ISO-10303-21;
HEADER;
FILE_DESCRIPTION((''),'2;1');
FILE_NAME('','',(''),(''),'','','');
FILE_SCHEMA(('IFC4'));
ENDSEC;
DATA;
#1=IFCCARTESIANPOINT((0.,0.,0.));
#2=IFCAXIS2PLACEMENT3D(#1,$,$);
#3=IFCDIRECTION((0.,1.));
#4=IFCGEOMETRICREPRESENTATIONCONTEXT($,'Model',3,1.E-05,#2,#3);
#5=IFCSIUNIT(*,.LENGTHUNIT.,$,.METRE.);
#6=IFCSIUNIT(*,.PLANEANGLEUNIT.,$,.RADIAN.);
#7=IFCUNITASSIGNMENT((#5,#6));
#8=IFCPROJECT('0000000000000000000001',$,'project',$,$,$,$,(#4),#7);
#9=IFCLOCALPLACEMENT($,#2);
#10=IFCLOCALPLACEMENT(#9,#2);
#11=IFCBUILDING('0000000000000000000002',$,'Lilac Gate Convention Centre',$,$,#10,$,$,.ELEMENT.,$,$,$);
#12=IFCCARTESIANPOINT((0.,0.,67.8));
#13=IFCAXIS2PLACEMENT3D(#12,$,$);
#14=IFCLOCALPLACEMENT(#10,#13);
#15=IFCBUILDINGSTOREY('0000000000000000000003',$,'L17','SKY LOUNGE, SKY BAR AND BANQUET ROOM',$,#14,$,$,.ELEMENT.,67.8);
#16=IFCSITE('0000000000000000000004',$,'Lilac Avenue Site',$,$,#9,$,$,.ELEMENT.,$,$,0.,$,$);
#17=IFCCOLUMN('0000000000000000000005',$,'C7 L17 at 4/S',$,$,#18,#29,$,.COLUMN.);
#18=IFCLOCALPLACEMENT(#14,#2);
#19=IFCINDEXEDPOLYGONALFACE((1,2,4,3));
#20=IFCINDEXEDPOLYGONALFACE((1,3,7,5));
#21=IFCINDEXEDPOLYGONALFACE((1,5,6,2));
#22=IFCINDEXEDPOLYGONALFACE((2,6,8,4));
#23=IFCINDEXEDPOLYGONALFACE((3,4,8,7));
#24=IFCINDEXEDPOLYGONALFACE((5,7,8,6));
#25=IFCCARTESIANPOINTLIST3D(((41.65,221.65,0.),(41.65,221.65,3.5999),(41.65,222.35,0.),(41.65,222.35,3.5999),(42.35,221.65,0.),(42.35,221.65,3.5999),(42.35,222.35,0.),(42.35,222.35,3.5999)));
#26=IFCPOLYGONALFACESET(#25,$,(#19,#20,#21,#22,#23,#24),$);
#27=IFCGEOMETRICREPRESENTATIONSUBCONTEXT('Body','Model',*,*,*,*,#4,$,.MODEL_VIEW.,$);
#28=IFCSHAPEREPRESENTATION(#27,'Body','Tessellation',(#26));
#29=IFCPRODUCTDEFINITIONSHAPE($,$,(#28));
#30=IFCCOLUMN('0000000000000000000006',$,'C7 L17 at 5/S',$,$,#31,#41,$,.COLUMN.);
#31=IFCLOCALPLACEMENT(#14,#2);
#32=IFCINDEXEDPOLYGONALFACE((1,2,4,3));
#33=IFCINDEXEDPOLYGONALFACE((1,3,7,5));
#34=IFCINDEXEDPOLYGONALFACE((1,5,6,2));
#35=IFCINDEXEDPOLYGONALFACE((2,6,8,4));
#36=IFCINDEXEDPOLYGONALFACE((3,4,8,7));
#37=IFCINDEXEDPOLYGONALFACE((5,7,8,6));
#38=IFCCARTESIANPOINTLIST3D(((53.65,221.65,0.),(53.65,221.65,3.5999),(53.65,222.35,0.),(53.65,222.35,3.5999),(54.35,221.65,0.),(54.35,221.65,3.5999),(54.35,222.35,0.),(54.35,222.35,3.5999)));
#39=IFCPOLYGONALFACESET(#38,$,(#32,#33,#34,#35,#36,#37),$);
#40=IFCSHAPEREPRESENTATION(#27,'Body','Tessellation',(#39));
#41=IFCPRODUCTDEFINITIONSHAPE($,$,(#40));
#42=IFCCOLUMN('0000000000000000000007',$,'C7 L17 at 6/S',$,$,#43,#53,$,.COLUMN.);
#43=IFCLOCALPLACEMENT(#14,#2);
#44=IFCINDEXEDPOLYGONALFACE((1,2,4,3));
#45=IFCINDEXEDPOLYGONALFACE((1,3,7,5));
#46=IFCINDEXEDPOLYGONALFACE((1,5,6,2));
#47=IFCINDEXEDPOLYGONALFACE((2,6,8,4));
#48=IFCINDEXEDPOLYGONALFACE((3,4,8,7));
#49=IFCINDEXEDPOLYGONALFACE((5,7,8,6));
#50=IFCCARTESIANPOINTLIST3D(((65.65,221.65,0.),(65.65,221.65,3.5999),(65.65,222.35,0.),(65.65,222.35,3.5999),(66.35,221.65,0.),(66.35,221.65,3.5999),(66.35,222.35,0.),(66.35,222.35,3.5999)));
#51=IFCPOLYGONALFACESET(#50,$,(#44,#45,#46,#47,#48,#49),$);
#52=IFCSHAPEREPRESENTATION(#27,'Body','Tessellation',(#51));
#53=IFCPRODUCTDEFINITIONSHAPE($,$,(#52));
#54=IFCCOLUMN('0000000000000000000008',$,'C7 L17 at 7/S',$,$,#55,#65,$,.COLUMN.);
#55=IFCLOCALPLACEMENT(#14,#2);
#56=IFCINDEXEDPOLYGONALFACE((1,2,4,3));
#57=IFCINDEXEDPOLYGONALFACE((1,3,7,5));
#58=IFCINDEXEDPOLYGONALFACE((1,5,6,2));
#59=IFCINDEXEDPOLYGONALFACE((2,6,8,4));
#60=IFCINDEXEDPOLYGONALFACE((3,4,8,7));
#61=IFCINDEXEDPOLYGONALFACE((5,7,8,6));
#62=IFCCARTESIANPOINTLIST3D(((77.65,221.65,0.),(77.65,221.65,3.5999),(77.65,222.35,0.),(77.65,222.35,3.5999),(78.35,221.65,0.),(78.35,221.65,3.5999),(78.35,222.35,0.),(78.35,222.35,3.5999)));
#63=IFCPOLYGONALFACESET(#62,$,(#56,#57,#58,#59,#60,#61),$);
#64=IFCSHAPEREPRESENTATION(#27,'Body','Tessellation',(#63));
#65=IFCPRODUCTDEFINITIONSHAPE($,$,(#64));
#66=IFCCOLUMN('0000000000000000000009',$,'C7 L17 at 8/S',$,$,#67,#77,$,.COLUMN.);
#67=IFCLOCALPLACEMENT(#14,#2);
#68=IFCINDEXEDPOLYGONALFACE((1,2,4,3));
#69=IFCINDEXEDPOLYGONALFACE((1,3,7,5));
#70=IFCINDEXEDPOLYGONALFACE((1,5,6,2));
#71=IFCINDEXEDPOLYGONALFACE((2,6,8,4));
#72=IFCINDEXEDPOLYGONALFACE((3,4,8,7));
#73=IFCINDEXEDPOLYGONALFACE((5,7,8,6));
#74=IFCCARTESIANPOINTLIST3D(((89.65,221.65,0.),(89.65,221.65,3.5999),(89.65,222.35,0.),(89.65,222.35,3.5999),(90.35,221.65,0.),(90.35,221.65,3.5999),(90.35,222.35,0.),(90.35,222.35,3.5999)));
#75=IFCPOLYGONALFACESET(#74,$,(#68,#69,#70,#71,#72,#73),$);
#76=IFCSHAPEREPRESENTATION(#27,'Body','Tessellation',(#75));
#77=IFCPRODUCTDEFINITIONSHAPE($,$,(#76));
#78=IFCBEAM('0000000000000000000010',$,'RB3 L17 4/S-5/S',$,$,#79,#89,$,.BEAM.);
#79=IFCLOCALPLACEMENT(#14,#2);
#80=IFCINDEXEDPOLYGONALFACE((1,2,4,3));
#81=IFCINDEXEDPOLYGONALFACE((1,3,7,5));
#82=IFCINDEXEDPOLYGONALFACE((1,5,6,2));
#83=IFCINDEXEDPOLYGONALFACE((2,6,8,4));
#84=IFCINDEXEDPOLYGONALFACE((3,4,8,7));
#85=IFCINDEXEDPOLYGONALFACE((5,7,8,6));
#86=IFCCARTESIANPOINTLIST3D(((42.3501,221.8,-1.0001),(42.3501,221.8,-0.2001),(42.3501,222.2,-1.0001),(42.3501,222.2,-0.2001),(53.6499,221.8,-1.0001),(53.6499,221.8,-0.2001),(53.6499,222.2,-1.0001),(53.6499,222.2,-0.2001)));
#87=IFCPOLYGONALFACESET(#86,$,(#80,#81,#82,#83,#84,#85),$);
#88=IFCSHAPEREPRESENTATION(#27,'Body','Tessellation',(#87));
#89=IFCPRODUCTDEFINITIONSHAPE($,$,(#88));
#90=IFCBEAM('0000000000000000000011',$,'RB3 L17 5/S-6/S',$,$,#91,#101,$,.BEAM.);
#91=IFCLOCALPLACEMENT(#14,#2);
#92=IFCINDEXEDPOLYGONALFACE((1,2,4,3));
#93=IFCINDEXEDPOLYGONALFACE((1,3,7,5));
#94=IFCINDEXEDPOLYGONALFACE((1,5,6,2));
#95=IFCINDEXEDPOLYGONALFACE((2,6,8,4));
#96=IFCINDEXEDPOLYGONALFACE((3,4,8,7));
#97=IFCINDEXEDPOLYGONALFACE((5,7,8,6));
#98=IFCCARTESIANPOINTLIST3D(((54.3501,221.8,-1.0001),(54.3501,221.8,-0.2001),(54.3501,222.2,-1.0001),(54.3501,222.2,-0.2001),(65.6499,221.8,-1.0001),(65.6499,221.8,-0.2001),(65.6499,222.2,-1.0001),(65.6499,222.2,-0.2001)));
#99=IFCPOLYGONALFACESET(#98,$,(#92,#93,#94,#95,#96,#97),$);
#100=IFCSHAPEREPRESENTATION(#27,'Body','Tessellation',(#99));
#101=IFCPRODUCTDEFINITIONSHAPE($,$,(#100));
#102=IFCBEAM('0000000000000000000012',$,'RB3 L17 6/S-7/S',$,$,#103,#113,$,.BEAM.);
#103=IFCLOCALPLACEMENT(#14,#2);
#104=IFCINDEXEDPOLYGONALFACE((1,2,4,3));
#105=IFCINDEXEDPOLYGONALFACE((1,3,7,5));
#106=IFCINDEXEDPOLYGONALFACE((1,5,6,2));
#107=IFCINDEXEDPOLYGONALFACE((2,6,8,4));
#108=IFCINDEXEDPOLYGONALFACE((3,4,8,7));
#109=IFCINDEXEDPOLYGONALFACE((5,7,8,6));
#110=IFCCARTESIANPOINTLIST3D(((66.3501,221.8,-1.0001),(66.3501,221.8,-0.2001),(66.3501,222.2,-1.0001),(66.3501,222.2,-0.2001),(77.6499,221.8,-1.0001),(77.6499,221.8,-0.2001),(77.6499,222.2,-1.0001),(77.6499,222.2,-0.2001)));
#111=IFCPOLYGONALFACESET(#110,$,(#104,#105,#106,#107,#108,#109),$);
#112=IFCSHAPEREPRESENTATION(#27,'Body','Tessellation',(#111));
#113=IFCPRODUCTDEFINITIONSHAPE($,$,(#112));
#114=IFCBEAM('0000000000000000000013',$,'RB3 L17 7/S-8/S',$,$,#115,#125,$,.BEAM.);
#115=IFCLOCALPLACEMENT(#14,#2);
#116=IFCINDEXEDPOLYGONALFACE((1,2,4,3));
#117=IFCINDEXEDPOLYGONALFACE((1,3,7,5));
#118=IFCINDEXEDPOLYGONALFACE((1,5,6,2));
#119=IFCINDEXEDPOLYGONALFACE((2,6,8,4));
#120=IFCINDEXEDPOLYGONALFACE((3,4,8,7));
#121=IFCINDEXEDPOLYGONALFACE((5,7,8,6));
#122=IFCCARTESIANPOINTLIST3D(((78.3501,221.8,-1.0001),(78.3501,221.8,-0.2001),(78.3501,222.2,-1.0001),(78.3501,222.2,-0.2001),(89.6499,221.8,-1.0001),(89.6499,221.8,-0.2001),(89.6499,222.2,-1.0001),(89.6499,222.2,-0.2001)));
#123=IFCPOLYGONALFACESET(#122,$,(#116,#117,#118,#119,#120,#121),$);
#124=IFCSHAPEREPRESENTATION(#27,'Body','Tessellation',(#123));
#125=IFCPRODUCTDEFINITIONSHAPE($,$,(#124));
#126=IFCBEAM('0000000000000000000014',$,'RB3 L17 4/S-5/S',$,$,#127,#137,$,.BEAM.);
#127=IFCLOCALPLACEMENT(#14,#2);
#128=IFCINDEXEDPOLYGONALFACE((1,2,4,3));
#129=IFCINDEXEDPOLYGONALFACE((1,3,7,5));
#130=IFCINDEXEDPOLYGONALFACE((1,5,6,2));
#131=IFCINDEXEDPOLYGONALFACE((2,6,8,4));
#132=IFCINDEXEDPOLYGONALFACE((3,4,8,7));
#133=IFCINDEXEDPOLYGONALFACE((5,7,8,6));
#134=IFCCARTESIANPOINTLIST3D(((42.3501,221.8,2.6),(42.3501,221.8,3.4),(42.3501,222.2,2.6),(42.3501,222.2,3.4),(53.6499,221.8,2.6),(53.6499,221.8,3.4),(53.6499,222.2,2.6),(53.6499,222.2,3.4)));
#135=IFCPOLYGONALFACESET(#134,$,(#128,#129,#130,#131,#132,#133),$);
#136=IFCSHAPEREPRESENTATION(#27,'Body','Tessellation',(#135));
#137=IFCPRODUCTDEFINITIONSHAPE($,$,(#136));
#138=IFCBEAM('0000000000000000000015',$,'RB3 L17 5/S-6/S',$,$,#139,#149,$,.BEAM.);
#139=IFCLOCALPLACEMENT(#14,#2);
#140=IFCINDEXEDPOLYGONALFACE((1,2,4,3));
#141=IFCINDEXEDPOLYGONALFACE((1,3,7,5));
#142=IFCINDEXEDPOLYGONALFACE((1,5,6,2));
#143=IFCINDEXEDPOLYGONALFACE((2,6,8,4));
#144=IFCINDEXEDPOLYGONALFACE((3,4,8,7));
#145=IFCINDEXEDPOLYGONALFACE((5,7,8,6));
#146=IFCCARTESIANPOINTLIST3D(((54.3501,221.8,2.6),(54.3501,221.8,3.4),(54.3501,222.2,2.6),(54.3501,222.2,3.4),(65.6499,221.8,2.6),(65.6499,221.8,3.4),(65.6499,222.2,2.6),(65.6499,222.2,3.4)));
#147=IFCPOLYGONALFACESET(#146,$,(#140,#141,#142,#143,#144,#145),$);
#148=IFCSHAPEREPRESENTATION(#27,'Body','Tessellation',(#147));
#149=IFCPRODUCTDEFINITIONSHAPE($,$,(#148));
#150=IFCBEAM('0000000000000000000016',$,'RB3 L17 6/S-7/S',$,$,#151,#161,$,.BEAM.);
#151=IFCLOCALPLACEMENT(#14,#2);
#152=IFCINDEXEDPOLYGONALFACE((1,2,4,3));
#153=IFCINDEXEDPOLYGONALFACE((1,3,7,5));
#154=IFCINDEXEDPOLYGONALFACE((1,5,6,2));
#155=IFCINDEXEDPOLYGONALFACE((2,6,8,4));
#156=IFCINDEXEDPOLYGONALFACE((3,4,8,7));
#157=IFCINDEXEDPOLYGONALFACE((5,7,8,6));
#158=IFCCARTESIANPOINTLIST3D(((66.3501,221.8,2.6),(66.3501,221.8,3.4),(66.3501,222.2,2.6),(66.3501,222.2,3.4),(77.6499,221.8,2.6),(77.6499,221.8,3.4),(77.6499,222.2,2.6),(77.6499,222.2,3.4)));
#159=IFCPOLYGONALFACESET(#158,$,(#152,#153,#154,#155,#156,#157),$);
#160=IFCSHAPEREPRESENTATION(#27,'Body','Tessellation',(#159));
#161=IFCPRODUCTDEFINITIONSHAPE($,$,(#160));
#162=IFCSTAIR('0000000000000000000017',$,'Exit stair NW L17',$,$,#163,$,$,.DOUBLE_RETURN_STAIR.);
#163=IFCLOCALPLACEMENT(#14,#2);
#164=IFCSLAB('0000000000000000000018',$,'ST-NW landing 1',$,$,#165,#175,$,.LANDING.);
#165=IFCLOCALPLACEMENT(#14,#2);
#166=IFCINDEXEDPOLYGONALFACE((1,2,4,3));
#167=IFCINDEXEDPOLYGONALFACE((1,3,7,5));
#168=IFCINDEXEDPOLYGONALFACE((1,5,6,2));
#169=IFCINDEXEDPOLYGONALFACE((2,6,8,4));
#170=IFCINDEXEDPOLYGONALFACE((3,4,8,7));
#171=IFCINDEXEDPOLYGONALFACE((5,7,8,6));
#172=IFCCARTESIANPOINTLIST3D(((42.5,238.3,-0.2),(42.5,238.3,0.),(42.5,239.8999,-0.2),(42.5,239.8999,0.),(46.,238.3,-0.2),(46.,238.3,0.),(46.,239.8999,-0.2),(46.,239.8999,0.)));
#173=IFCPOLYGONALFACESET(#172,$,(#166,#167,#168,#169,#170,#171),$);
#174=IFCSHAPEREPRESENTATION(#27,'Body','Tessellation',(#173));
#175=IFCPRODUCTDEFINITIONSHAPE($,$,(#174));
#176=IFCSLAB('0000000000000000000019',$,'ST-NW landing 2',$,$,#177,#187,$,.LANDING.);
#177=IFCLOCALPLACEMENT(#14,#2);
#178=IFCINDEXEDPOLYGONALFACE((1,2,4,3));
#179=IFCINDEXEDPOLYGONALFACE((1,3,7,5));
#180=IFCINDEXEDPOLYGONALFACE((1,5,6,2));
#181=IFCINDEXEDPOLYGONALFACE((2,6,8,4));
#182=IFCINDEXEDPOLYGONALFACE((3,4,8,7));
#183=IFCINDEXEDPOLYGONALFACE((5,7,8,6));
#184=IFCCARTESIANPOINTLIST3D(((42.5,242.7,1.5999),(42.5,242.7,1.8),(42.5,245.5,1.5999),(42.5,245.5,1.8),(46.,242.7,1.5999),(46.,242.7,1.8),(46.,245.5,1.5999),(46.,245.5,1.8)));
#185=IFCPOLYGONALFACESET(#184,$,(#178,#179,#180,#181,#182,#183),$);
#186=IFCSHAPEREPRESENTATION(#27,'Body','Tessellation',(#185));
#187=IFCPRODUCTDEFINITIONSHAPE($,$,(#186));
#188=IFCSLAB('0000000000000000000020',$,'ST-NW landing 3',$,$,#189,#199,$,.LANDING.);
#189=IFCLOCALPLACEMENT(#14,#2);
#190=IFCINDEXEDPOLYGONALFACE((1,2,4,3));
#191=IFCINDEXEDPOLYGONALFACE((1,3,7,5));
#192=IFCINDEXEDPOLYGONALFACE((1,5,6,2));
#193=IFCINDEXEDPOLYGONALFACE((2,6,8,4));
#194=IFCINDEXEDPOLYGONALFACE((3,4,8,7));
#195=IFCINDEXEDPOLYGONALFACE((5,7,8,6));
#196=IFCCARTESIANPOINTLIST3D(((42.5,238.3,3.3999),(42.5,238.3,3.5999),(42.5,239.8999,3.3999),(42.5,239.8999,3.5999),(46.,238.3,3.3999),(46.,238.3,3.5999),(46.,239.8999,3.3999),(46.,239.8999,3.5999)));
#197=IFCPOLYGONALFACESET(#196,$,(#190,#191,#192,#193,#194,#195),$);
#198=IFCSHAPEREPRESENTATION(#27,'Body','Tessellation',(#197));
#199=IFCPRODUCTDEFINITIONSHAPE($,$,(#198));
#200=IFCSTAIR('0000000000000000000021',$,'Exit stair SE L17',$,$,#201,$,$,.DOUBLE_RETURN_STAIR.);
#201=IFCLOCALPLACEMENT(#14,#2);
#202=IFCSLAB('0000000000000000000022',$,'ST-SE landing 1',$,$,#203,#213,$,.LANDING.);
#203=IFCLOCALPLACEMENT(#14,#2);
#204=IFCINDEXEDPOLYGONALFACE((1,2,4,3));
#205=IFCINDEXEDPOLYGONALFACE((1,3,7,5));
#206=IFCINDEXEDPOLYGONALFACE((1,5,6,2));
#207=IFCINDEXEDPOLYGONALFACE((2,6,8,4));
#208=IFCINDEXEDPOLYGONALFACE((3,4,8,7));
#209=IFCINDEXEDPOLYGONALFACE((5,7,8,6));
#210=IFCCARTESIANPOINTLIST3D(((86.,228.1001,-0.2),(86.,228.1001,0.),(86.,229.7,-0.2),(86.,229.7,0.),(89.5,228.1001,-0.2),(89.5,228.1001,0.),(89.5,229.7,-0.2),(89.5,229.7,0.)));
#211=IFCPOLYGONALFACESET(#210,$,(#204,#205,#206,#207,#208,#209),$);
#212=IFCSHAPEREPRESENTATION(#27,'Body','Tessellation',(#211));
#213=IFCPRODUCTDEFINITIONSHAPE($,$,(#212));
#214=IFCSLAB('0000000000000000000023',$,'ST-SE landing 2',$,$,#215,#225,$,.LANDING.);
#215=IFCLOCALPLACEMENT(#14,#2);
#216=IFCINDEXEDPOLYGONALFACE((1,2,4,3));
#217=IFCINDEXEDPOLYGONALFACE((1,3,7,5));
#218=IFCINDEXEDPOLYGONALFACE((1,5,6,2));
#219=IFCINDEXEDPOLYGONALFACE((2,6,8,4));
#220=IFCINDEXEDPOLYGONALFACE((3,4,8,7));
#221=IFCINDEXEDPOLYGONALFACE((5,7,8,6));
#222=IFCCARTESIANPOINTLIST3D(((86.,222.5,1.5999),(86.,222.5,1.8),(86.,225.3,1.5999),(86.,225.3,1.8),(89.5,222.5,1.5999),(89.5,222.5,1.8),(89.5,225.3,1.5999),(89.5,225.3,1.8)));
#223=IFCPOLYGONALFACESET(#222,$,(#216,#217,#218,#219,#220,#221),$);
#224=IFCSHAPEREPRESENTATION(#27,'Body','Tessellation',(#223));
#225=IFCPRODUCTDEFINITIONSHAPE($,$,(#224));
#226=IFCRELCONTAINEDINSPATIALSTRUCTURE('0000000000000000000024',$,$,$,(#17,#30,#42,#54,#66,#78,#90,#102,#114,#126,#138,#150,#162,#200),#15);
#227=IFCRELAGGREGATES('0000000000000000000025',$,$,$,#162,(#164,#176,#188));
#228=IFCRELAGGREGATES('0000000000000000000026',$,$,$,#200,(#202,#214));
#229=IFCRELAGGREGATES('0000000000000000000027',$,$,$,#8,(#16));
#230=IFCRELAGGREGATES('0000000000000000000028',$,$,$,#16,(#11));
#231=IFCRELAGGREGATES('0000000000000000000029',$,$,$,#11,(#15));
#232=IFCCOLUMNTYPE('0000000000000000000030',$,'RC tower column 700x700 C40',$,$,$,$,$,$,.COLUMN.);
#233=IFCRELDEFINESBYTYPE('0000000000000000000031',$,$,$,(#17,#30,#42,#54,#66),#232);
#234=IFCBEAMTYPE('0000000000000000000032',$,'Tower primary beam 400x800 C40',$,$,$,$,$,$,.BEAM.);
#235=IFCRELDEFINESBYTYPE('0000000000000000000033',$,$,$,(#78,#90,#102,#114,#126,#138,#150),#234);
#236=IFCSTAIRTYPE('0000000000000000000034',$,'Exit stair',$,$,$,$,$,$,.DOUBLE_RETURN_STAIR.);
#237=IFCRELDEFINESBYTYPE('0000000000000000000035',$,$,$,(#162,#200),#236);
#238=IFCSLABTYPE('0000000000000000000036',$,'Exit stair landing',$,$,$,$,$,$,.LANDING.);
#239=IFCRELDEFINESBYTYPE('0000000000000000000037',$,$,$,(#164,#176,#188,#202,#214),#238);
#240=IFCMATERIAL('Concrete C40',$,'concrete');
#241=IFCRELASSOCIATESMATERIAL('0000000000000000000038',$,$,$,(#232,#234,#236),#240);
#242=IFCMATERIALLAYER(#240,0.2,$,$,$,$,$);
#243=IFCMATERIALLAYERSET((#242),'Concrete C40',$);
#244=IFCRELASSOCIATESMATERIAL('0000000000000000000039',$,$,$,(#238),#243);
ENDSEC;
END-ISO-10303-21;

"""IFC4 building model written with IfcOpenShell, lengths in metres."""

from ifc_helpers import new_model, si_unit, direction, frame, origin, origin_2d, place, context, subcontext, project, spatial, polyline, rectangle, outline, extrude, material, layer, layer_set, material_profile, profile_set, type_object, element, aggregate, save


model = new_model("IFC4")

# Units and contexts
model_context = context("Model", 3, precision=1e-05, world=origin(), true_north=direction((0.0, 1.0)))
body_context = subcontext(model_context, "Body", "Model", "MODEL_VIEW")
ifc_project = project(units=[si_unit("LENGTHUNIT", "METRE"), si_unit("PLANEANGLEUNIT", "RADIAN")], contexts=[model_context])

# Site, building, storey
site_placement = place(None, origin())
site = spatial("IfcSite", under=ifc_project, at=site_placement, Name="Lilac Avenue Site", CompositionType="ELEMENT", RefElevation=0.0)
building_placement = place(site_placement, origin())
building = spatial("IfcBuilding", under=site, at=building_placement, Name="Lilac Gate Convention Centre", CompositionType="ELEMENT")
storey_placement = place(building_placement, frame((0.0, 0.0, 67.8)))
storey = spatial("IfcBuildingStorey", under=building, at=storey_placement, Name="L17", Description="SKY LOUNGE, SKY BAR AND BANQUET ROOM", CompositionType="ELEMENT", Elevation=67.8)

# Columns
ifc_material_1 = material(Name="Concrete C40", Category="concrete")
ifc_material_profile_1 = material_profile(ifc_material_1, rectangle(XDim=0.7, YDim=0.7, at=origin_2d()), Name="RC 700x700")
ifc_profile_set_1 = profile_set([ifc_material_profile_1], Name="Concrete C40")
column_type = type_object("IfcColumnType", Name="RC tower column 700x700 C40", PredefinedType="COLUMN", material=ifc_profile_set_1)
for number, where, z_axis, x_axis, name in (
    (1, (42.0, 222.0, 0.0), (0.0, 0.0, 1.0), (1.0, 0.0, 0.0), "C7 L17 at 4/S"),
    (2, (54.0, 222.0, 0.0), (0.0, 0.0, 1.0), (1.0, 0.0, 0.0), "C7 L17 at 5/S"),
    (3, (66.0, 222.0, 0.0), (0.0, 0.0, 1.0), (1.0, 0.0, 0.0), "C7 L17 at 6/S"),
    (4, (78.0, 222.0, 0.0), (0.0, 0.0, 1.0), (1.0, 0.0, 0.0), "C7 L17 at 7/S"),
    (5, (90.0, 222.0, 0.0), (0.0, 0.0, 1.0), (1.0, 0.0, 0.0), "C7 L17 at 8/S"),
):
    element("IfcColumn", number, at=place(storey_placement, frame(where, z_axis=z_axis, x_axis=x_axis)), inside=storey, type_object=column_type, Name=name, PredefinedType="COLUMN", context=body_context, shape_type="SweptSolid", body=[
        extrude(rectangle(XDim=0.7, YDim=0.7, at=origin_2d()), origin(), (0.0, 0.0, 1.0), 3.5999),
    ])

# Beams
ifc_material_profile_2 = material_profile(ifc_material_1, rectangle(XDim=0.3999, YDim=0.8, at=origin_2d()), Name="RC 400x800")
ifc_profile_set_2 = profile_set([ifc_material_profile_2], Name="Concrete C40")
beam_type = type_object("IfcBeamType", Name="Tower primary beam 400x800 C40", PredefinedType="BEAM", material=ifc_profile_set_2)
for number, where, z_axis, x_axis, name in (
    (6, (42.3501, 222.0, -0.6001), (1.0, 0.0, 0.0), (0.0, 1.0, 0.0), "RB3 L17 4/S-5/S"),
    (7, (54.3501, 222.0, -0.6001), (1.0, 0.0, 0.0), (0.0, 1.0, 0.0), "RB3 L17 5/S-6/S"),
    (8, (66.3501, 222.0, -0.6001), (1.0, 0.0, 0.0), (0.0, 1.0, 0.0), "RB3 L17 6/S-7/S"),
    (9, (78.3501, 222.0, -0.6001), (1.0, 0.0, 0.0), (0.0, 1.0, 0.0), "RB3 L17 7/S-8/S"),
    (10, (42.3501, 222.0, 3.0), (1.0, 0.0, 0.0), (0.0, 1.0, 0.0), "RB3 L17 4/S-5/S"),
    (11, (54.3501, 222.0, 3.0), (1.0, 0.0, 0.0), (0.0, 1.0, 0.0), "RB3 L17 5/S-6/S"),
    (12, (66.3501, 222.0, 3.0), (1.0, 0.0, 0.0), (0.0, 1.0, 0.0), "RB3 L17 6/S-7/S"),
):
    element("IfcBeam", number, at=place(storey_placement, frame(where, z_axis=z_axis, x_axis=x_axis)), inside=storey, type_object=beam_type, Name=name, PredefinedType="BEAM", context=body_context, shape_type="SweptSolid", body=[
        extrude(rectangle(XDim=0.3999, YDim=0.8, at=origin_2d()), origin(), (0.0, 0.0, 1.0), 11.2998),
    ])

# Stairs, slabs
stair_type = type_object("IfcStairType", Name="Exit stair", PredefinedType="DOUBLE_RETURN_STAIR", material=ifc_material_1)
stair_1_placement = place(storey_placement, origin())
stair_1 = element("IfcStair", 13, at=stair_1_placement, inside=storey, type_object=stair_type, Name="Exit stair NW L17", PredefinedType="DOUBLE_RETURN_STAIR")
ifc_layer_1 = layer(ifc_material_1, 0.2)
ifc_layer_set_1 = layer_set([ifc_layer_1], Name="Concrete C40")
slab_type_1 = type_object("IfcSlabType", Name="Exit stair landing", PredefinedType="LANDING", material=ifc_layer_set_1)
slab_1_placement = place(storey_placement, frame((0.0, 0.0, -0.2)))
slab_1 = element("IfcSlab", 14, at=slab_1_placement, type_object=slab_type_1, Name="ST-NW landing 1", PredefinedType="LANDING", context=body_context, shape_type="SweptSolid", body=[
    extrude(outline(polyline([(42.5, 238.3), (46.0, 238.3), (46.0, 239.8999), (42.5, 239.8999), (42.5, 238.3)])), origin(), (0.0, 0.0, 1.0), 0.2),
])
slab_2_placement = place(storey_placement, frame((0.0, 0.0, 1.5999)))
slab_2 = element("IfcSlab", 15, at=slab_2_placement, type_object=slab_type_1, Name="ST-NW landing 2", PredefinedType="LANDING", context=body_context, shape_type="SweptSolid", body=[
    extrude(outline(polyline([(42.5, 242.7), (46.0, 242.7), (46.0, 245.5), (42.5, 245.5), (42.5, 242.7)])), origin(), (0.0, 0.0, 1.0), 0.2002),
])
slab_3_placement = place(storey_placement, frame((0.0, 0.0, 3.3999)))
slab_3 = element("IfcSlab", 16, at=slab_3_placement, type_object=slab_type_1, Name="ST-NW landing 3", PredefinedType="LANDING", context=body_context, shape_type="SweptSolid", body=[
    extrude(outline(polyline([(42.5, 238.3), (46.0, 238.3), (46.0, 239.8999), (42.5, 239.8999), (42.5, 238.3)])), origin(), (0.0, 0.0, 1.0), 0.2),
])
aggregate(stair_1, [slab_1, slab_2, slab_3])
stair_2_placement = place(storey_placement, origin())
stair_2 = element("IfcStair", 17, at=stair_2_placement, inside=storey, type_object=stair_type, Name="Exit stair SE L17", PredefinedType="DOUBLE_RETURN_STAIR")
slab_4_placement = place(storey_placement, frame((0.0, 0.0, -0.2)))
slab_4 = element("IfcSlab", 18, at=slab_4_placement, type_object=slab_type_1, Name="ST-SE landing 1", PredefinedType="LANDING", context=body_context, shape_type="SweptSolid", body=[
    extrude(outline(polyline([(86.0, 228.1001), (89.5, 228.1001), (89.5, 229.7), (86.0, 229.7), (86.0, 228.1001)])), origin(), (0.0, 0.0, 1.0), 0.2),
])
slab_5_placement = place(storey_placement, frame((0.0, 0.0, 1.5999)))
slab_5 = element("IfcSlab", 19, at=slab_5_placement, type_object=slab_type_1, Name="ST-SE landing 2", PredefinedType="LANDING", context=body_context, shape_type="SweptSolid", body=[
    extrude(outline(polyline([(86.0, 222.5), (89.5, 222.5), (89.5, 225.3), (86.0, 225.3), (86.0, 222.5)])), origin(), (0.0, 0.0, 1.0), 0.2002),
])
aggregate(stair_2, [slab_4, slab_5])

save(model, "model.ifc")
